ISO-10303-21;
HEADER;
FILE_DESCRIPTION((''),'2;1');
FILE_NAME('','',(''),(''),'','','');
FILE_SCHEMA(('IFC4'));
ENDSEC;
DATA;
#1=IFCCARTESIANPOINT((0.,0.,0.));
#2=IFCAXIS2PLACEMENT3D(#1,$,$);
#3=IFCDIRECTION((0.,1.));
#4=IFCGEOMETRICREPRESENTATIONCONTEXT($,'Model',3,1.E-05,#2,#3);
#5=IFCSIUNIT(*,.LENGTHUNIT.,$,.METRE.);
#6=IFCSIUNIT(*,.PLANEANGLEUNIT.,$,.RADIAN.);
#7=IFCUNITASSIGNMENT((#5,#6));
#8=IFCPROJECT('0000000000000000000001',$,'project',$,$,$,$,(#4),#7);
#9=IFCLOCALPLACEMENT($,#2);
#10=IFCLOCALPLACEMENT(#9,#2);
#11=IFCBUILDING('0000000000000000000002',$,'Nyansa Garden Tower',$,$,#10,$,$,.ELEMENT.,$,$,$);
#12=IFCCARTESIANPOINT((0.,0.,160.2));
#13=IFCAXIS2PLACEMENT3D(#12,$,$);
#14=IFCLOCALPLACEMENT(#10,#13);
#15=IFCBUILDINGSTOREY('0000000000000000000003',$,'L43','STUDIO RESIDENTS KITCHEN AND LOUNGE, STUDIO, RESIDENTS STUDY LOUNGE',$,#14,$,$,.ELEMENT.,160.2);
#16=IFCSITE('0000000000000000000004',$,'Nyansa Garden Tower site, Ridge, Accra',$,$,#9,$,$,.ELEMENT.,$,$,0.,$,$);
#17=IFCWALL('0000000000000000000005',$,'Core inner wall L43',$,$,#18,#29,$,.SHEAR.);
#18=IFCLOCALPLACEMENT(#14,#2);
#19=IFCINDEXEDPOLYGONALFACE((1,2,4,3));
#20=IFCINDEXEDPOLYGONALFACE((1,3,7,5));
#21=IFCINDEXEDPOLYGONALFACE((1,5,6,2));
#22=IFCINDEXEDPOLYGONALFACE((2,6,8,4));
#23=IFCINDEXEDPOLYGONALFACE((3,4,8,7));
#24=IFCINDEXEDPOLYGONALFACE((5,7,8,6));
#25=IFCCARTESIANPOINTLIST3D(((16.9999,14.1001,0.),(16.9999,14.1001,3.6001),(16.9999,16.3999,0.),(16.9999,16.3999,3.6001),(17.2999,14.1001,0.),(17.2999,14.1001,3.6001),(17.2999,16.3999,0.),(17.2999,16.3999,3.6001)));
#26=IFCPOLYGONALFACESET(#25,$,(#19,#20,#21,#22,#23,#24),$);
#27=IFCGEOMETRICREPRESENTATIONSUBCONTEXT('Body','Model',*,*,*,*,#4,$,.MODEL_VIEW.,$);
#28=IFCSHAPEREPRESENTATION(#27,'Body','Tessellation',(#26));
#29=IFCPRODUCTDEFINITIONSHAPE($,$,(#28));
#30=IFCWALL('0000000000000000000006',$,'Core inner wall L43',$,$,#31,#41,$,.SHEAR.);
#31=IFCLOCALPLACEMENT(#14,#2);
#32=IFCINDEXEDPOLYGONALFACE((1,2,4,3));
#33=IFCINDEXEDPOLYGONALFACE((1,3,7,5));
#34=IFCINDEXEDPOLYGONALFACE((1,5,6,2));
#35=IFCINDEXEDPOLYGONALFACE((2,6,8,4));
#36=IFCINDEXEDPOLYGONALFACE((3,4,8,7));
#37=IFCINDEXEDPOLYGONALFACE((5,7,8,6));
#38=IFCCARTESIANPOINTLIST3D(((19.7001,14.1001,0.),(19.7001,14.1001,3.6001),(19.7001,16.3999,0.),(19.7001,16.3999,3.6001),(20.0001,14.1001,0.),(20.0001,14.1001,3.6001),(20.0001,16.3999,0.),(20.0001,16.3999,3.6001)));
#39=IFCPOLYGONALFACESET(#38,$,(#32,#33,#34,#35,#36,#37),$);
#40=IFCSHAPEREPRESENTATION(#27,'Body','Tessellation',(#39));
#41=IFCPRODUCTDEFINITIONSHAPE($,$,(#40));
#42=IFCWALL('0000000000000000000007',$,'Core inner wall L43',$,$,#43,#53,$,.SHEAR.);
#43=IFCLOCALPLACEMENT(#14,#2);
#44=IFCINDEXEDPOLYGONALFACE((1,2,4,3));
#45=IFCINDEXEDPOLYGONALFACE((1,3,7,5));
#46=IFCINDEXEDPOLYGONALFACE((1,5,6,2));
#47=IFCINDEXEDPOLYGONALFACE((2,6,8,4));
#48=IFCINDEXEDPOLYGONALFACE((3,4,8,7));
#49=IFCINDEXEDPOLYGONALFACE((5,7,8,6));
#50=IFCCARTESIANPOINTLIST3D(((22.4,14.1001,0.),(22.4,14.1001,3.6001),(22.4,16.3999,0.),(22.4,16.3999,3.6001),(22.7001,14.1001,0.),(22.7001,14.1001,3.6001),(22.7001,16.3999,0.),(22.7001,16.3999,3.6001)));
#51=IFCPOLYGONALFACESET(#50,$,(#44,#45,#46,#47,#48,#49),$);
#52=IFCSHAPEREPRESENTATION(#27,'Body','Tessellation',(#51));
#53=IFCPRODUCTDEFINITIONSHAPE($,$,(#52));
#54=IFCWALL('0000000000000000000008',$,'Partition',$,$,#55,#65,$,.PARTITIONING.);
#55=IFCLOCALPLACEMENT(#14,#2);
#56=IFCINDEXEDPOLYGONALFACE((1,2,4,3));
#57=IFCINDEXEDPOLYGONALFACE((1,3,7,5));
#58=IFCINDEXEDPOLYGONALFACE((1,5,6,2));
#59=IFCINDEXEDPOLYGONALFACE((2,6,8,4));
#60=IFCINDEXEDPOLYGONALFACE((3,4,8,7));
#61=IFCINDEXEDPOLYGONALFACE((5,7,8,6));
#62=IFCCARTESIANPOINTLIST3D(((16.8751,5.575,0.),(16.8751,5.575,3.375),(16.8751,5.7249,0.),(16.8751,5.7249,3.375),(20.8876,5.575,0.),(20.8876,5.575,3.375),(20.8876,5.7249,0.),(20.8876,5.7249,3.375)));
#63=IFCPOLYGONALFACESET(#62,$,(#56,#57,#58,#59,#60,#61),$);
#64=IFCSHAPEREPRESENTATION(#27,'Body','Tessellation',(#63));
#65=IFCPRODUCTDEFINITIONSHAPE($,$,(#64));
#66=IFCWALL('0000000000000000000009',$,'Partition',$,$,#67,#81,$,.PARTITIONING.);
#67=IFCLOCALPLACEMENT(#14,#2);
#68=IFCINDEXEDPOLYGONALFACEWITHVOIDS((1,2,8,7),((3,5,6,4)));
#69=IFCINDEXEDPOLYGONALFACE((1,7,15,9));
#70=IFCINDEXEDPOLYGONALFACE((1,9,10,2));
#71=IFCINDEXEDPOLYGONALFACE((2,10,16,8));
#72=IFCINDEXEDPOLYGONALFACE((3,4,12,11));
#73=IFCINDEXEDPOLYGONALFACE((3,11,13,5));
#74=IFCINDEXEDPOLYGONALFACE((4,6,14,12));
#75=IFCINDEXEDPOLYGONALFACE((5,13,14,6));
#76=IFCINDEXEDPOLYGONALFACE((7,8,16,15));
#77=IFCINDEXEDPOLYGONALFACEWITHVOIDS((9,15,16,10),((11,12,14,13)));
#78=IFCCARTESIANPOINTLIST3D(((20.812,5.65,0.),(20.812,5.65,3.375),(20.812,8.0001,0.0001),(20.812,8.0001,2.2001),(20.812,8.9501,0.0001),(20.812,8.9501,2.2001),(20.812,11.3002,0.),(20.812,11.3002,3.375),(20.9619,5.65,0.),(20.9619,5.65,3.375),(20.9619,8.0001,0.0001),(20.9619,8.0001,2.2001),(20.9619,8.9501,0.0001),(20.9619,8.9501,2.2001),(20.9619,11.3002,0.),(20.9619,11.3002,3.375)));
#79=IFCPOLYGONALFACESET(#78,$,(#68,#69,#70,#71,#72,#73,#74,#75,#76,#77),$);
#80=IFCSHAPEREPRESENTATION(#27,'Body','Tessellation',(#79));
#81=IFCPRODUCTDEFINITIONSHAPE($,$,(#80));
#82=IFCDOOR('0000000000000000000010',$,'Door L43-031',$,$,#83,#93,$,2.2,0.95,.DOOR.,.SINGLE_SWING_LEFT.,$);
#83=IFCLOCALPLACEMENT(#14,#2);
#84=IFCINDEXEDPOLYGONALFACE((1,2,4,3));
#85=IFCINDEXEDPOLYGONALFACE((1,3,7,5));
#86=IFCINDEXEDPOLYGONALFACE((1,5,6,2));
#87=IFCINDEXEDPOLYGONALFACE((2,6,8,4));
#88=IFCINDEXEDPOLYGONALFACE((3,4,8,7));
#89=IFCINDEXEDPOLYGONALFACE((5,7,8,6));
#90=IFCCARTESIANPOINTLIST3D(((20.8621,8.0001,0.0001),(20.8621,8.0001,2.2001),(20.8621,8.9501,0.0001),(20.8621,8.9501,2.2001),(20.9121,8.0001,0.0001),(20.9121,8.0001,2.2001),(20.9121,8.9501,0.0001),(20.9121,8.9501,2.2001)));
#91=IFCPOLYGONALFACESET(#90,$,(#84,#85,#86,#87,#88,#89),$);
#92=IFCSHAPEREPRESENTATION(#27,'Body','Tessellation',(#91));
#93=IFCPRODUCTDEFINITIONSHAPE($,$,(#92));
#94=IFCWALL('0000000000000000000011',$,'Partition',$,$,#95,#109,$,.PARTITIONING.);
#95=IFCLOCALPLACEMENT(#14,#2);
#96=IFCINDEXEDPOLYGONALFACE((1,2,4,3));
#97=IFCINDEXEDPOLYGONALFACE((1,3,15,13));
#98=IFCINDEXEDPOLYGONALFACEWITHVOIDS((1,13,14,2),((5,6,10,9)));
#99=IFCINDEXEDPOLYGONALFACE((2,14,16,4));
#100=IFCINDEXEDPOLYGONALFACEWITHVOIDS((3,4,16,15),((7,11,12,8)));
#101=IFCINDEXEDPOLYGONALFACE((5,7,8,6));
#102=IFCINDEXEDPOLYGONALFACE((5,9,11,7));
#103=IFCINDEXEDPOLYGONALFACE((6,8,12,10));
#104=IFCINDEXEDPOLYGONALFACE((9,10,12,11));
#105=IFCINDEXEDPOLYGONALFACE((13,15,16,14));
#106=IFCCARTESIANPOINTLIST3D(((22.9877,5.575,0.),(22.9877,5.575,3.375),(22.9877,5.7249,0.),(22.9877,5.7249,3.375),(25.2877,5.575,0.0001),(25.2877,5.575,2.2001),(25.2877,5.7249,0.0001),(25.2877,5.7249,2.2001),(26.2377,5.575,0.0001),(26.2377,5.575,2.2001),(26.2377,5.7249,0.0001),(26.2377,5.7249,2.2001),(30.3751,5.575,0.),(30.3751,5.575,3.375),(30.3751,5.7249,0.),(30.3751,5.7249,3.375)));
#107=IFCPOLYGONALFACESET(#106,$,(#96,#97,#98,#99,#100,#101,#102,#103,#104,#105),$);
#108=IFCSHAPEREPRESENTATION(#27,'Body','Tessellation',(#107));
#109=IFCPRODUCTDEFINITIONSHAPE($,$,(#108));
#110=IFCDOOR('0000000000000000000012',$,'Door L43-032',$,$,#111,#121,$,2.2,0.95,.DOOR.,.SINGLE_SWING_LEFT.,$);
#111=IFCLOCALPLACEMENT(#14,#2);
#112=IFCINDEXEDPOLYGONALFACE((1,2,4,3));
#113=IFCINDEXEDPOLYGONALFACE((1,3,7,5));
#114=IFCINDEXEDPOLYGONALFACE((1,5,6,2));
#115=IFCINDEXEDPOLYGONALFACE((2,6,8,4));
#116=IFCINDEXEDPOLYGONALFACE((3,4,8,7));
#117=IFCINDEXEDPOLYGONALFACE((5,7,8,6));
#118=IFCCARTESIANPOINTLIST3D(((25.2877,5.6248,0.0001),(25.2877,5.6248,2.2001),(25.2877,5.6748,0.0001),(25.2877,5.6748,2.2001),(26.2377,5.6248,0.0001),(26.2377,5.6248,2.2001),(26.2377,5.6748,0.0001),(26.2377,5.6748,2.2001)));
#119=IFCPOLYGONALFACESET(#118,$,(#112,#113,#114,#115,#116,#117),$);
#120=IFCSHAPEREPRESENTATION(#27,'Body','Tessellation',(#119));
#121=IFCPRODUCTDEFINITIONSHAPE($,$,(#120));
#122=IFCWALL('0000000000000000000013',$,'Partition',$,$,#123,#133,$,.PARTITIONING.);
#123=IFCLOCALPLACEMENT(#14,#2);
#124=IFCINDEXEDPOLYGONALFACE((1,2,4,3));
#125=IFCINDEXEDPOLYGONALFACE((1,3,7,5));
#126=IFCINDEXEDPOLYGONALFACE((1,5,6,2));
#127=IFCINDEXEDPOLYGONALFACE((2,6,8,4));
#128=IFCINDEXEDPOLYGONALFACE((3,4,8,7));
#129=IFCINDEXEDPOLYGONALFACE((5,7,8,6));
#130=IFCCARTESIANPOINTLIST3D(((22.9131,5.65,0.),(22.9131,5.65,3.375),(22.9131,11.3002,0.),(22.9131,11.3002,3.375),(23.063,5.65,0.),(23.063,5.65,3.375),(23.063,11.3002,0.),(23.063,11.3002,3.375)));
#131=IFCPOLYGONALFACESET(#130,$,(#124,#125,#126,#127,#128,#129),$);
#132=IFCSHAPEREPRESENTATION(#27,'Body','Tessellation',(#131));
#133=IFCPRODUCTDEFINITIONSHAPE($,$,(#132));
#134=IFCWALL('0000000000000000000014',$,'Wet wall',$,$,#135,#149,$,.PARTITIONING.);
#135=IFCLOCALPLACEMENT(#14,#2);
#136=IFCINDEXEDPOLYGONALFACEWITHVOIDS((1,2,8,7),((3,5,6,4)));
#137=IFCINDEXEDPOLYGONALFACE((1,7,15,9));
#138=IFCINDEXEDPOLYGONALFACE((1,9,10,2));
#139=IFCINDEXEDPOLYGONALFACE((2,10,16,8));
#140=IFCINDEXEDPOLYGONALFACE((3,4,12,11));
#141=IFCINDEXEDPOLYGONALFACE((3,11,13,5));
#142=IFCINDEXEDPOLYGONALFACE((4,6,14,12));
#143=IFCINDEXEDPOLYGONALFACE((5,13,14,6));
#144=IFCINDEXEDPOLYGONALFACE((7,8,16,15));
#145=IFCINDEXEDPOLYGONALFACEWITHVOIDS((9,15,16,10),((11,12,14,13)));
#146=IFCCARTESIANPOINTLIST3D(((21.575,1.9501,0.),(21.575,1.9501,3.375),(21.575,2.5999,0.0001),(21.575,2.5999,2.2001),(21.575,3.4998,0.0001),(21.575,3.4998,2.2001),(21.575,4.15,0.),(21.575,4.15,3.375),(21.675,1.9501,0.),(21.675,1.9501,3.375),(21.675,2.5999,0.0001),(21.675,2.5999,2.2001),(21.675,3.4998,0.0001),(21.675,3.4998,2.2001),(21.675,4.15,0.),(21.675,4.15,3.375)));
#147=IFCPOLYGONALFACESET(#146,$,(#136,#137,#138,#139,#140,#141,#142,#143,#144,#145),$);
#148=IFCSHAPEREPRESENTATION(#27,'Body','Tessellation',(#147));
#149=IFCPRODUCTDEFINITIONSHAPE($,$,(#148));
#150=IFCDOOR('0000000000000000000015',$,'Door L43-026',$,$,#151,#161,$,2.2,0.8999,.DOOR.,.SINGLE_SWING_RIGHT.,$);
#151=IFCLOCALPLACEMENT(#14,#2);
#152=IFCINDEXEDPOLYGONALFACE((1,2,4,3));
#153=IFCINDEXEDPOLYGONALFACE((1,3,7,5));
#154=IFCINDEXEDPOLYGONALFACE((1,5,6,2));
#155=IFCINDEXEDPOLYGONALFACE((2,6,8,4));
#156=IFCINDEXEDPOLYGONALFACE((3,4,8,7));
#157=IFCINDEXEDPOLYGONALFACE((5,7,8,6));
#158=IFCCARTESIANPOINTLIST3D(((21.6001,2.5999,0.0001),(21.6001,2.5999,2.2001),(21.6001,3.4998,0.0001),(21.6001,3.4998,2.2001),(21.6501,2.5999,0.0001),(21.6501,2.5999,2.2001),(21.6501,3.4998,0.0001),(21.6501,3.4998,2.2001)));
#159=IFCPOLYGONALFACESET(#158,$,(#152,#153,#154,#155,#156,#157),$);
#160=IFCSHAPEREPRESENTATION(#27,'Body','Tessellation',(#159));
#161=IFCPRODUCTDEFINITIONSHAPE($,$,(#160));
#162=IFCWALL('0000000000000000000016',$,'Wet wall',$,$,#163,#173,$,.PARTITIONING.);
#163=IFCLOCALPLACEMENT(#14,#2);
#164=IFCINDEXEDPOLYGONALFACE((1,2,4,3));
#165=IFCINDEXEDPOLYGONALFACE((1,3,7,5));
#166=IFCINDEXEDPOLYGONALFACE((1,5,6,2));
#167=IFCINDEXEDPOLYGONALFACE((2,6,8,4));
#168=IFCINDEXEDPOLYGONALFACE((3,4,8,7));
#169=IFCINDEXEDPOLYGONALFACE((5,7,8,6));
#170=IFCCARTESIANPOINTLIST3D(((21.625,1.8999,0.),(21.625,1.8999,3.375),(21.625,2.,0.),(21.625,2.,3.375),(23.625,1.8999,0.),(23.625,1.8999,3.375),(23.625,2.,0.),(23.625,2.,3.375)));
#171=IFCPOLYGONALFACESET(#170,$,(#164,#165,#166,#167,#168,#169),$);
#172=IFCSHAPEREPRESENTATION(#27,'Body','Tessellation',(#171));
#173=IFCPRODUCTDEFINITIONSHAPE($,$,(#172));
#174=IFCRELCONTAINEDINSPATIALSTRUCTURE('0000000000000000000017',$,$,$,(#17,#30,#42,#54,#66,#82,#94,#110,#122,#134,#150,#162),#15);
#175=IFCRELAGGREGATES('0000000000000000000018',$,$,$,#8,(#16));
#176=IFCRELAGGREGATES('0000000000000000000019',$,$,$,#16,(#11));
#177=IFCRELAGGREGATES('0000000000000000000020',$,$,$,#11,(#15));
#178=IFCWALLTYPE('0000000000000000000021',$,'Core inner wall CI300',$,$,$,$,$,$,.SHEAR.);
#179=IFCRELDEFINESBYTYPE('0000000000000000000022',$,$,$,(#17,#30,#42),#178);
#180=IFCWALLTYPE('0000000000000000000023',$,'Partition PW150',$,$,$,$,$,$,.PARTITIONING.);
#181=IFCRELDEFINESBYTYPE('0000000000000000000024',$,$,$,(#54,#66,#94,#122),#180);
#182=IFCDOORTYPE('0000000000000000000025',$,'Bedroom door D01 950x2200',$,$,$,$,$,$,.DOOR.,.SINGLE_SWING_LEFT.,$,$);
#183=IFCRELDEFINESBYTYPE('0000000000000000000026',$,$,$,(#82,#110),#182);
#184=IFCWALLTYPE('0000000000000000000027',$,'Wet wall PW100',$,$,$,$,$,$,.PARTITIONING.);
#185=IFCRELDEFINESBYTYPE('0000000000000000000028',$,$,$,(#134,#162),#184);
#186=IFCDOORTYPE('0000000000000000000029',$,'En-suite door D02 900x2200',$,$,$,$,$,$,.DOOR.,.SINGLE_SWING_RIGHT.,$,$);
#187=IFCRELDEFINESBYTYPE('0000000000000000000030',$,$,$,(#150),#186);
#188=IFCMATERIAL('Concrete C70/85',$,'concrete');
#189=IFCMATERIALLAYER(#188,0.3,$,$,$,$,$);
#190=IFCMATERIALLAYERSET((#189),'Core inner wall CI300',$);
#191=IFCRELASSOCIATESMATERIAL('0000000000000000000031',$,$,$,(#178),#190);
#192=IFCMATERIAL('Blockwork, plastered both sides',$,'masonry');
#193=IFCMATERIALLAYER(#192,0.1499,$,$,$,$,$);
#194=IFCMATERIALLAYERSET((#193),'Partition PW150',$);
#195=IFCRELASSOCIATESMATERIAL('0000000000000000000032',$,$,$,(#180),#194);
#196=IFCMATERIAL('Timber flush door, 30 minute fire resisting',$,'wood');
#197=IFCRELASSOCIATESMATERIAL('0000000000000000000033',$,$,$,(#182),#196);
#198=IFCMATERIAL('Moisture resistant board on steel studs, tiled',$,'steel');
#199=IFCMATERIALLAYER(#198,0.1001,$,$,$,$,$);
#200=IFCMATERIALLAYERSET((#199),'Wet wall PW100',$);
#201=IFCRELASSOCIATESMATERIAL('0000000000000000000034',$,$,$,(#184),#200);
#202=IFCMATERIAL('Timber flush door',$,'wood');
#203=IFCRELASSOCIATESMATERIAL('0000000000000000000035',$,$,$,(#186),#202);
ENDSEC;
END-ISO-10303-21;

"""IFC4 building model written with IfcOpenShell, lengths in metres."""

from ifc_helpers import new_model, si_unit, direction, frame, frame_2d, origin, place, context, subcontext, project, spatial, rectangle, extrude, material, layer, layer_set, type_object, element, fill, save


model = new_model("IFC4")

# Units and contexts
model_context = context("Model", 3, precision=1e-05, world=origin(), true_north=direction((0.0, 1.0)))
body_context = subcontext(model_context, "Body", "Model", "MODEL_VIEW")
ifc_project = project(units=[si_unit("LENGTHUNIT", "METRE"), si_unit("PLANEANGLEUNIT", "RADIAN")], contexts=[model_context])

# Site, building, storey
site_placement = place(None, origin())
site = spatial("IfcSite", under=ifc_project, at=site_placement, Name="Nyansa Garden Tower site, Ridge, Accra", CompositionType="ELEMENT", RefElevation=0.0)
building_placement = place(site_placement, origin())
building = spatial("IfcBuilding", under=site, at=building_placement, Name="Nyansa Garden Tower", CompositionType="ELEMENT")
storey_placement = place(building_placement, frame((0.0, 0.0, 160.2)))
storey = spatial("IfcBuildingStorey", under=building, at=storey_placement, Name="L43", Description="STUDIO RESIDENTS KITCHEN AND LOUNGE, STUDIO, RESIDENTS STUDY LOUNGE", CompositionType="ELEMENT", Elevation=160.2)

# Walls
ifc_material_1 = material(Name="Concrete C70/85", Category="concrete")
ifc_layer_1 = layer(ifc_material_1, 0.3)
ifc_layer_set_1 = layer_set([ifc_layer_1], Name="Core inner wall CI300")
wall_type_1 = type_object("IfcWallType", Name="Core inner wall CI300", PredefinedType="SHEAR", material=ifc_layer_set_1)
for number, where, z_axis, x_axis, name in (
    (1, (17.1499, 14.1001, 0.0), (0.0, 0.0, 1.0), (0.0, 1.0, 0.0), "Core inner wall L43"),
    (2, (19.8501, 14.1001, 0.0), (0.0, 0.0, 1.0), (0.0, 1.0, 0.0), "Core inner wall L43"),
    (3, (22.55, 14.1001, 0.0), (0.0, 0.0, 1.0), (0.0, 1.0, 0.0), "Core inner wall L43"),
):
    element("IfcWall", number, at=place(storey_placement, frame(where, z_axis=z_axis, x_axis=x_axis)), inside=storey, type_object=wall_type_1, Name=name, PredefinedType="SHEAR", context=body_context, shape_type="SweptSolid", body=[
        extrude(rectangle(XDim=2.2998, YDim=0.3, at=frame_2d((1.1499, 0.0))), origin(), (0.0, 0.0, 1.0), 3.6001),
    ])
ifc_material_2 = material(Name="Blockwork, plastered both sides", Category="masonry")
ifc_layer_2 = layer(ifc_material_2, 0.1499)
ifc_layer_set_2 = layer_set([ifc_layer_2], Name="Partition PW150")
wall_type_2 = type_object("IfcWallType", Name="Partition PW150", PredefinedType="PARTITIONING", material=ifc_layer_set_2)
wall_1_placement = place(storey_placement, frame((16.875, 5.6499, 0.0), z_axis=(0.0, 0.0, 1.0), x_axis=(1.0, 0.0, 0.0)))
element("IfcWall", 4, at=wall_1_placement, inside=storey, type_object=wall_type_2, Name="Partition", PredefinedType="PARTITIONING", context=body_context, shape_type="SweptSolid", body=[
    extrude(rectangle(XDim=4.0125, YDim=0.1499, at=frame_2d((2.0063, 0.0))), origin(), (0.0, 0.0, 1.0), 3.375),
])

# Walls, openings, doors
wall_2_placement = place(storey_placement, frame((20.887, 5.6499, 0.0), z_axis=(0.0, 0.0, 1.0), x_axis=(0.0, 1.0, 0.0)))
wall_2 = element("IfcWall", 5, at=wall_2_placement, inside=storey, type_object=wall_type_2, Name="Partition", PredefinedType="PARTITIONING", context=body_context, shape_type="SweptSolid", body=[
    extrude(rectangle(XDim=5.6501, YDim=0.1499, at=frame_2d((2.8252, 0.0))), origin(), (0.0, 0.0, 1.0), 3.375),
])
opening_1_placement = place(wall_2_placement, frame((2.3501, 0.0, 0.0)))
opening_1 = element("IfcOpeningElement", 6, at=opening_1_placement, cuts=wall_2, PredefinedType="OPENING", context=body_context, shape_type="SweptSolid", body=[
    extrude(rectangle(XDim=0.95, YDim=2.2, at=frame_2d((0.4751, 1.1001))), frame((0.0, 0.085, 0.0), z_axis=(0.0, -1.0, 0.0), x_axis=(1.0, 0.0, 0.0)), (0.0, 0.0, 1.0), 0.1699),
])
ifc_material_3 = material(Name="Timber flush door, 30 minute fire resisting", Category="wood")
door_type_1 = type_object("IfcDoorType", Name="Bedroom door D01 950x2200", OperationType="SINGLE_SWING_LEFT", PredefinedType="DOOR", material=ifc_material_3)
door_1_placement = place(opening_1_placement, origin())
door_1 = element("IfcDoor", 7, at=door_1_placement, inside=storey, type_object=door_type_1, Name="Door L43-031", OperationType="SINGLE_SWING_LEFT", OverallHeight=2.2, OverallWidth=0.95, PredefinedType="DOOR", context=body_context, shape_type="SweptSolid", body=[
    extrude(rectangle(XDim=0.95, YDim=2.2, at=frame_2d((0.4751, 1.1001))), frame((0.0, 0.0249, 0.0), z_axis=(0.0, -1.0, 0.0), x_axis=(1.0, 0.0, 0.0)), (0.0, 0.0, 1.0), 0.05),
])
fill(opening_1, door_1)
wall_3_placement = place(storey_placement, frame((22.9875, 5.6499, 0.0), z_axis=(0.0, 0.0, 1.0), x_axis=(1.0, 0.0, 0.0)))
wall_3 = element("IfcWall", 8, at=wall_3_placement, inside=storey, type_object=wall_type_2, Name="Partition", PredefinedType="PARTITIONING", context=body_context, shape_type="SweptSolid", body=[
    extrude(rectangle(XDim=7.3875, YDim=0.1499, at=frame_2d((3.6938, 0.0))), origin(), (0.0, 0.0, 1.0), 3.375),
])
opening_2_placement = place(wall_3_placement, frame((2.3, 0.0, 0.0)))
opening_2 = element("IfcOpeningElement", 9, at=opening_2_placement, cuts=wall_3, PredefinedType="OPENING", context=body_context, shape_type="SweptSolid", body=[
    extrude(rectangle(XDim=0.95, YDim=2.2, at=frame_2d((0.4751, 1.1001))), frame((0.0, 0.085, 0.0), z_axis=(0.0, -1.0, 0.0), x_axis=(1.0, 0.0, 0.0)), (0.0, 0.0, 1.0), 0.1699),
])
door_2_placement = place(opening_2_placement, origin())
door_2 = element("IfcDoor", 10, at=door_2_placement, inside=storey, type_object=door_type_1, Name="Door L43-032", OperationType="SINGLE_SWING_LEFT", OverallHeight=2.2, OverallWidth=0.95, PredefinedType="DOOR", context=body_context, shape_type="SweptSolid", body=[
    extrude(rectangle(XDim=0.95, YDim=2.2, at=frame_2d((0.4751, 1.1001))), frame((0.0, 0.0249, 0.0), z_axis=(0.0, -1.0, 0.0), x_axis=(1.0, 0.0, 0.0)), (0.0, 0.0, 1.0), 0.05),
])
fill(opening_2, door_2)

# Wall
wall_4_placement = place(storey_placement, frame((22.988, 5.6499, 0.0), z_axis=(0.0, 0.0, 1.0), x_axis=(0.0, 1.0, 0.0)))
element("IfcWall", 11, at=wall_4_placement, inside=storey, type_object=wall_type_2, Name="Partition", PredefinedType="PARTITIONING", context=body_context, shape_type="SweptSolid", body=[
    extrude(rectangle(XDim=5.6501, YDim=0.1499, at=frame_2d((2.8252, 0.0))), origin(), (0.0, 0.0, 1.0), 3.375),
])

# Wall, opening, door
ifc_material_4 = material(Name="Moisture resistant board on steel studs, tiled", Category="steel")
ifc_layer_3 = layer(ifc_material_4, 0.1001)
ifc_layer_set_3 = layer_set([ifc_layer_3], Name="Wet wall PW100")
wall_type_3 = type_object("IfcWallType", Name="Wet wall PW100", PredefinedType="PARTITIONING", material=ifc_layer_set_3)
wall_5_placement = place(storey_placement, frame((21.625, 1.95, 0.0), z_axis=(0.0, 0.0, 1.0), x_axis=(0.0, 1.0, 0.0)))
wall_5 = element("IfcWall", 12, at=wall_5_placement, inside=storey, type_object=wall_type_3, Name="Wet wall", PredefinedType="PARTITIONING", context=body_context, shape_type="SweptSolid", body=[
    extrude(rectangle(XDim=2.2, YDim=0.1001, at=frame_2d((1.1001, 0.0))), origin(), (0.0, 0.0, 1.0), 3.375),
])
opening_3_placement = place(wall_5_placement, frame((0.6499, 0.0, 0.0)))
opening_3 = element("IfcOpeningElement", 13, at=opening_3_placement, cuts=wall_5, PredefinedType="OPENING", context=body_context, shape_type="SweptSolid", body=[
    extrude(rectangle(XDim=0.8999, YDim=2.2, at=frame_2d((0.45, 1.1001))), frame((0.0, 0.0601, 0.0), z_axis=(0.0, -1.0, 0.0), x_axis=(1.0, 0.0, 0.0)), (0.0, 0.0, 1.0), 0.1201),
])
ifc_material_5 = material(Name="Timber flush door", Category="wood")
door_type_2 = type_object("IfcDoorType", Name="En-suite door D02 900x2200", OperationType="SINGLE_SWING_RIGHT", PredefinedType="DOOR", material=ifc_material_5)
door_3_placement = place(opening_3_placement, origin())
door_3 = element("IfcDoor", 14, at=door_3_placement, inside=storey, type_object=door_type_2, Name="Door L43-026", OperationType="SINGLE_SWING_RIGHT", OverallHeight=2.2, OverallWidth=0.8999, PredefinedType="DOOR", context=body_context, shape_type="SweptSolid", body=[
    extrude(rectangle(XDim=0.8999, YDim=2.2, at=frame_2d((0.45, 1.1001))), frame((0.0, 0.0249, 0.0), z_axis=(0.0, -1.0, 0.0), x_axis=(1.0, 0.0, 0.0)), (0.0, 0.0, 1.0), 0.05),
])
fill(opening_3, door_3)

# Wall
wall_6_placement = place(storey_placement, frame((21.625, 1.95, 0.0), z_axis=(0.0, 0.0, 1.0), x_axis=(1.0, 0.0, 0.0)))
element("IfcWall", 15, at=wall_6_placement, inside=storey, type_object=wall_type_3, Name="Wet wall", PredefinedType="PARTITIONING", context=body_context, shape_type="SweptSolid", body=[
    extrude(rectangle(XDim=2.0, YDim=0.1001, at=frame_2d((1.0, 0.0))), origin(), (0.0, 0.0, 1.0), 3.375),
])

save(model, "model.ifc")
